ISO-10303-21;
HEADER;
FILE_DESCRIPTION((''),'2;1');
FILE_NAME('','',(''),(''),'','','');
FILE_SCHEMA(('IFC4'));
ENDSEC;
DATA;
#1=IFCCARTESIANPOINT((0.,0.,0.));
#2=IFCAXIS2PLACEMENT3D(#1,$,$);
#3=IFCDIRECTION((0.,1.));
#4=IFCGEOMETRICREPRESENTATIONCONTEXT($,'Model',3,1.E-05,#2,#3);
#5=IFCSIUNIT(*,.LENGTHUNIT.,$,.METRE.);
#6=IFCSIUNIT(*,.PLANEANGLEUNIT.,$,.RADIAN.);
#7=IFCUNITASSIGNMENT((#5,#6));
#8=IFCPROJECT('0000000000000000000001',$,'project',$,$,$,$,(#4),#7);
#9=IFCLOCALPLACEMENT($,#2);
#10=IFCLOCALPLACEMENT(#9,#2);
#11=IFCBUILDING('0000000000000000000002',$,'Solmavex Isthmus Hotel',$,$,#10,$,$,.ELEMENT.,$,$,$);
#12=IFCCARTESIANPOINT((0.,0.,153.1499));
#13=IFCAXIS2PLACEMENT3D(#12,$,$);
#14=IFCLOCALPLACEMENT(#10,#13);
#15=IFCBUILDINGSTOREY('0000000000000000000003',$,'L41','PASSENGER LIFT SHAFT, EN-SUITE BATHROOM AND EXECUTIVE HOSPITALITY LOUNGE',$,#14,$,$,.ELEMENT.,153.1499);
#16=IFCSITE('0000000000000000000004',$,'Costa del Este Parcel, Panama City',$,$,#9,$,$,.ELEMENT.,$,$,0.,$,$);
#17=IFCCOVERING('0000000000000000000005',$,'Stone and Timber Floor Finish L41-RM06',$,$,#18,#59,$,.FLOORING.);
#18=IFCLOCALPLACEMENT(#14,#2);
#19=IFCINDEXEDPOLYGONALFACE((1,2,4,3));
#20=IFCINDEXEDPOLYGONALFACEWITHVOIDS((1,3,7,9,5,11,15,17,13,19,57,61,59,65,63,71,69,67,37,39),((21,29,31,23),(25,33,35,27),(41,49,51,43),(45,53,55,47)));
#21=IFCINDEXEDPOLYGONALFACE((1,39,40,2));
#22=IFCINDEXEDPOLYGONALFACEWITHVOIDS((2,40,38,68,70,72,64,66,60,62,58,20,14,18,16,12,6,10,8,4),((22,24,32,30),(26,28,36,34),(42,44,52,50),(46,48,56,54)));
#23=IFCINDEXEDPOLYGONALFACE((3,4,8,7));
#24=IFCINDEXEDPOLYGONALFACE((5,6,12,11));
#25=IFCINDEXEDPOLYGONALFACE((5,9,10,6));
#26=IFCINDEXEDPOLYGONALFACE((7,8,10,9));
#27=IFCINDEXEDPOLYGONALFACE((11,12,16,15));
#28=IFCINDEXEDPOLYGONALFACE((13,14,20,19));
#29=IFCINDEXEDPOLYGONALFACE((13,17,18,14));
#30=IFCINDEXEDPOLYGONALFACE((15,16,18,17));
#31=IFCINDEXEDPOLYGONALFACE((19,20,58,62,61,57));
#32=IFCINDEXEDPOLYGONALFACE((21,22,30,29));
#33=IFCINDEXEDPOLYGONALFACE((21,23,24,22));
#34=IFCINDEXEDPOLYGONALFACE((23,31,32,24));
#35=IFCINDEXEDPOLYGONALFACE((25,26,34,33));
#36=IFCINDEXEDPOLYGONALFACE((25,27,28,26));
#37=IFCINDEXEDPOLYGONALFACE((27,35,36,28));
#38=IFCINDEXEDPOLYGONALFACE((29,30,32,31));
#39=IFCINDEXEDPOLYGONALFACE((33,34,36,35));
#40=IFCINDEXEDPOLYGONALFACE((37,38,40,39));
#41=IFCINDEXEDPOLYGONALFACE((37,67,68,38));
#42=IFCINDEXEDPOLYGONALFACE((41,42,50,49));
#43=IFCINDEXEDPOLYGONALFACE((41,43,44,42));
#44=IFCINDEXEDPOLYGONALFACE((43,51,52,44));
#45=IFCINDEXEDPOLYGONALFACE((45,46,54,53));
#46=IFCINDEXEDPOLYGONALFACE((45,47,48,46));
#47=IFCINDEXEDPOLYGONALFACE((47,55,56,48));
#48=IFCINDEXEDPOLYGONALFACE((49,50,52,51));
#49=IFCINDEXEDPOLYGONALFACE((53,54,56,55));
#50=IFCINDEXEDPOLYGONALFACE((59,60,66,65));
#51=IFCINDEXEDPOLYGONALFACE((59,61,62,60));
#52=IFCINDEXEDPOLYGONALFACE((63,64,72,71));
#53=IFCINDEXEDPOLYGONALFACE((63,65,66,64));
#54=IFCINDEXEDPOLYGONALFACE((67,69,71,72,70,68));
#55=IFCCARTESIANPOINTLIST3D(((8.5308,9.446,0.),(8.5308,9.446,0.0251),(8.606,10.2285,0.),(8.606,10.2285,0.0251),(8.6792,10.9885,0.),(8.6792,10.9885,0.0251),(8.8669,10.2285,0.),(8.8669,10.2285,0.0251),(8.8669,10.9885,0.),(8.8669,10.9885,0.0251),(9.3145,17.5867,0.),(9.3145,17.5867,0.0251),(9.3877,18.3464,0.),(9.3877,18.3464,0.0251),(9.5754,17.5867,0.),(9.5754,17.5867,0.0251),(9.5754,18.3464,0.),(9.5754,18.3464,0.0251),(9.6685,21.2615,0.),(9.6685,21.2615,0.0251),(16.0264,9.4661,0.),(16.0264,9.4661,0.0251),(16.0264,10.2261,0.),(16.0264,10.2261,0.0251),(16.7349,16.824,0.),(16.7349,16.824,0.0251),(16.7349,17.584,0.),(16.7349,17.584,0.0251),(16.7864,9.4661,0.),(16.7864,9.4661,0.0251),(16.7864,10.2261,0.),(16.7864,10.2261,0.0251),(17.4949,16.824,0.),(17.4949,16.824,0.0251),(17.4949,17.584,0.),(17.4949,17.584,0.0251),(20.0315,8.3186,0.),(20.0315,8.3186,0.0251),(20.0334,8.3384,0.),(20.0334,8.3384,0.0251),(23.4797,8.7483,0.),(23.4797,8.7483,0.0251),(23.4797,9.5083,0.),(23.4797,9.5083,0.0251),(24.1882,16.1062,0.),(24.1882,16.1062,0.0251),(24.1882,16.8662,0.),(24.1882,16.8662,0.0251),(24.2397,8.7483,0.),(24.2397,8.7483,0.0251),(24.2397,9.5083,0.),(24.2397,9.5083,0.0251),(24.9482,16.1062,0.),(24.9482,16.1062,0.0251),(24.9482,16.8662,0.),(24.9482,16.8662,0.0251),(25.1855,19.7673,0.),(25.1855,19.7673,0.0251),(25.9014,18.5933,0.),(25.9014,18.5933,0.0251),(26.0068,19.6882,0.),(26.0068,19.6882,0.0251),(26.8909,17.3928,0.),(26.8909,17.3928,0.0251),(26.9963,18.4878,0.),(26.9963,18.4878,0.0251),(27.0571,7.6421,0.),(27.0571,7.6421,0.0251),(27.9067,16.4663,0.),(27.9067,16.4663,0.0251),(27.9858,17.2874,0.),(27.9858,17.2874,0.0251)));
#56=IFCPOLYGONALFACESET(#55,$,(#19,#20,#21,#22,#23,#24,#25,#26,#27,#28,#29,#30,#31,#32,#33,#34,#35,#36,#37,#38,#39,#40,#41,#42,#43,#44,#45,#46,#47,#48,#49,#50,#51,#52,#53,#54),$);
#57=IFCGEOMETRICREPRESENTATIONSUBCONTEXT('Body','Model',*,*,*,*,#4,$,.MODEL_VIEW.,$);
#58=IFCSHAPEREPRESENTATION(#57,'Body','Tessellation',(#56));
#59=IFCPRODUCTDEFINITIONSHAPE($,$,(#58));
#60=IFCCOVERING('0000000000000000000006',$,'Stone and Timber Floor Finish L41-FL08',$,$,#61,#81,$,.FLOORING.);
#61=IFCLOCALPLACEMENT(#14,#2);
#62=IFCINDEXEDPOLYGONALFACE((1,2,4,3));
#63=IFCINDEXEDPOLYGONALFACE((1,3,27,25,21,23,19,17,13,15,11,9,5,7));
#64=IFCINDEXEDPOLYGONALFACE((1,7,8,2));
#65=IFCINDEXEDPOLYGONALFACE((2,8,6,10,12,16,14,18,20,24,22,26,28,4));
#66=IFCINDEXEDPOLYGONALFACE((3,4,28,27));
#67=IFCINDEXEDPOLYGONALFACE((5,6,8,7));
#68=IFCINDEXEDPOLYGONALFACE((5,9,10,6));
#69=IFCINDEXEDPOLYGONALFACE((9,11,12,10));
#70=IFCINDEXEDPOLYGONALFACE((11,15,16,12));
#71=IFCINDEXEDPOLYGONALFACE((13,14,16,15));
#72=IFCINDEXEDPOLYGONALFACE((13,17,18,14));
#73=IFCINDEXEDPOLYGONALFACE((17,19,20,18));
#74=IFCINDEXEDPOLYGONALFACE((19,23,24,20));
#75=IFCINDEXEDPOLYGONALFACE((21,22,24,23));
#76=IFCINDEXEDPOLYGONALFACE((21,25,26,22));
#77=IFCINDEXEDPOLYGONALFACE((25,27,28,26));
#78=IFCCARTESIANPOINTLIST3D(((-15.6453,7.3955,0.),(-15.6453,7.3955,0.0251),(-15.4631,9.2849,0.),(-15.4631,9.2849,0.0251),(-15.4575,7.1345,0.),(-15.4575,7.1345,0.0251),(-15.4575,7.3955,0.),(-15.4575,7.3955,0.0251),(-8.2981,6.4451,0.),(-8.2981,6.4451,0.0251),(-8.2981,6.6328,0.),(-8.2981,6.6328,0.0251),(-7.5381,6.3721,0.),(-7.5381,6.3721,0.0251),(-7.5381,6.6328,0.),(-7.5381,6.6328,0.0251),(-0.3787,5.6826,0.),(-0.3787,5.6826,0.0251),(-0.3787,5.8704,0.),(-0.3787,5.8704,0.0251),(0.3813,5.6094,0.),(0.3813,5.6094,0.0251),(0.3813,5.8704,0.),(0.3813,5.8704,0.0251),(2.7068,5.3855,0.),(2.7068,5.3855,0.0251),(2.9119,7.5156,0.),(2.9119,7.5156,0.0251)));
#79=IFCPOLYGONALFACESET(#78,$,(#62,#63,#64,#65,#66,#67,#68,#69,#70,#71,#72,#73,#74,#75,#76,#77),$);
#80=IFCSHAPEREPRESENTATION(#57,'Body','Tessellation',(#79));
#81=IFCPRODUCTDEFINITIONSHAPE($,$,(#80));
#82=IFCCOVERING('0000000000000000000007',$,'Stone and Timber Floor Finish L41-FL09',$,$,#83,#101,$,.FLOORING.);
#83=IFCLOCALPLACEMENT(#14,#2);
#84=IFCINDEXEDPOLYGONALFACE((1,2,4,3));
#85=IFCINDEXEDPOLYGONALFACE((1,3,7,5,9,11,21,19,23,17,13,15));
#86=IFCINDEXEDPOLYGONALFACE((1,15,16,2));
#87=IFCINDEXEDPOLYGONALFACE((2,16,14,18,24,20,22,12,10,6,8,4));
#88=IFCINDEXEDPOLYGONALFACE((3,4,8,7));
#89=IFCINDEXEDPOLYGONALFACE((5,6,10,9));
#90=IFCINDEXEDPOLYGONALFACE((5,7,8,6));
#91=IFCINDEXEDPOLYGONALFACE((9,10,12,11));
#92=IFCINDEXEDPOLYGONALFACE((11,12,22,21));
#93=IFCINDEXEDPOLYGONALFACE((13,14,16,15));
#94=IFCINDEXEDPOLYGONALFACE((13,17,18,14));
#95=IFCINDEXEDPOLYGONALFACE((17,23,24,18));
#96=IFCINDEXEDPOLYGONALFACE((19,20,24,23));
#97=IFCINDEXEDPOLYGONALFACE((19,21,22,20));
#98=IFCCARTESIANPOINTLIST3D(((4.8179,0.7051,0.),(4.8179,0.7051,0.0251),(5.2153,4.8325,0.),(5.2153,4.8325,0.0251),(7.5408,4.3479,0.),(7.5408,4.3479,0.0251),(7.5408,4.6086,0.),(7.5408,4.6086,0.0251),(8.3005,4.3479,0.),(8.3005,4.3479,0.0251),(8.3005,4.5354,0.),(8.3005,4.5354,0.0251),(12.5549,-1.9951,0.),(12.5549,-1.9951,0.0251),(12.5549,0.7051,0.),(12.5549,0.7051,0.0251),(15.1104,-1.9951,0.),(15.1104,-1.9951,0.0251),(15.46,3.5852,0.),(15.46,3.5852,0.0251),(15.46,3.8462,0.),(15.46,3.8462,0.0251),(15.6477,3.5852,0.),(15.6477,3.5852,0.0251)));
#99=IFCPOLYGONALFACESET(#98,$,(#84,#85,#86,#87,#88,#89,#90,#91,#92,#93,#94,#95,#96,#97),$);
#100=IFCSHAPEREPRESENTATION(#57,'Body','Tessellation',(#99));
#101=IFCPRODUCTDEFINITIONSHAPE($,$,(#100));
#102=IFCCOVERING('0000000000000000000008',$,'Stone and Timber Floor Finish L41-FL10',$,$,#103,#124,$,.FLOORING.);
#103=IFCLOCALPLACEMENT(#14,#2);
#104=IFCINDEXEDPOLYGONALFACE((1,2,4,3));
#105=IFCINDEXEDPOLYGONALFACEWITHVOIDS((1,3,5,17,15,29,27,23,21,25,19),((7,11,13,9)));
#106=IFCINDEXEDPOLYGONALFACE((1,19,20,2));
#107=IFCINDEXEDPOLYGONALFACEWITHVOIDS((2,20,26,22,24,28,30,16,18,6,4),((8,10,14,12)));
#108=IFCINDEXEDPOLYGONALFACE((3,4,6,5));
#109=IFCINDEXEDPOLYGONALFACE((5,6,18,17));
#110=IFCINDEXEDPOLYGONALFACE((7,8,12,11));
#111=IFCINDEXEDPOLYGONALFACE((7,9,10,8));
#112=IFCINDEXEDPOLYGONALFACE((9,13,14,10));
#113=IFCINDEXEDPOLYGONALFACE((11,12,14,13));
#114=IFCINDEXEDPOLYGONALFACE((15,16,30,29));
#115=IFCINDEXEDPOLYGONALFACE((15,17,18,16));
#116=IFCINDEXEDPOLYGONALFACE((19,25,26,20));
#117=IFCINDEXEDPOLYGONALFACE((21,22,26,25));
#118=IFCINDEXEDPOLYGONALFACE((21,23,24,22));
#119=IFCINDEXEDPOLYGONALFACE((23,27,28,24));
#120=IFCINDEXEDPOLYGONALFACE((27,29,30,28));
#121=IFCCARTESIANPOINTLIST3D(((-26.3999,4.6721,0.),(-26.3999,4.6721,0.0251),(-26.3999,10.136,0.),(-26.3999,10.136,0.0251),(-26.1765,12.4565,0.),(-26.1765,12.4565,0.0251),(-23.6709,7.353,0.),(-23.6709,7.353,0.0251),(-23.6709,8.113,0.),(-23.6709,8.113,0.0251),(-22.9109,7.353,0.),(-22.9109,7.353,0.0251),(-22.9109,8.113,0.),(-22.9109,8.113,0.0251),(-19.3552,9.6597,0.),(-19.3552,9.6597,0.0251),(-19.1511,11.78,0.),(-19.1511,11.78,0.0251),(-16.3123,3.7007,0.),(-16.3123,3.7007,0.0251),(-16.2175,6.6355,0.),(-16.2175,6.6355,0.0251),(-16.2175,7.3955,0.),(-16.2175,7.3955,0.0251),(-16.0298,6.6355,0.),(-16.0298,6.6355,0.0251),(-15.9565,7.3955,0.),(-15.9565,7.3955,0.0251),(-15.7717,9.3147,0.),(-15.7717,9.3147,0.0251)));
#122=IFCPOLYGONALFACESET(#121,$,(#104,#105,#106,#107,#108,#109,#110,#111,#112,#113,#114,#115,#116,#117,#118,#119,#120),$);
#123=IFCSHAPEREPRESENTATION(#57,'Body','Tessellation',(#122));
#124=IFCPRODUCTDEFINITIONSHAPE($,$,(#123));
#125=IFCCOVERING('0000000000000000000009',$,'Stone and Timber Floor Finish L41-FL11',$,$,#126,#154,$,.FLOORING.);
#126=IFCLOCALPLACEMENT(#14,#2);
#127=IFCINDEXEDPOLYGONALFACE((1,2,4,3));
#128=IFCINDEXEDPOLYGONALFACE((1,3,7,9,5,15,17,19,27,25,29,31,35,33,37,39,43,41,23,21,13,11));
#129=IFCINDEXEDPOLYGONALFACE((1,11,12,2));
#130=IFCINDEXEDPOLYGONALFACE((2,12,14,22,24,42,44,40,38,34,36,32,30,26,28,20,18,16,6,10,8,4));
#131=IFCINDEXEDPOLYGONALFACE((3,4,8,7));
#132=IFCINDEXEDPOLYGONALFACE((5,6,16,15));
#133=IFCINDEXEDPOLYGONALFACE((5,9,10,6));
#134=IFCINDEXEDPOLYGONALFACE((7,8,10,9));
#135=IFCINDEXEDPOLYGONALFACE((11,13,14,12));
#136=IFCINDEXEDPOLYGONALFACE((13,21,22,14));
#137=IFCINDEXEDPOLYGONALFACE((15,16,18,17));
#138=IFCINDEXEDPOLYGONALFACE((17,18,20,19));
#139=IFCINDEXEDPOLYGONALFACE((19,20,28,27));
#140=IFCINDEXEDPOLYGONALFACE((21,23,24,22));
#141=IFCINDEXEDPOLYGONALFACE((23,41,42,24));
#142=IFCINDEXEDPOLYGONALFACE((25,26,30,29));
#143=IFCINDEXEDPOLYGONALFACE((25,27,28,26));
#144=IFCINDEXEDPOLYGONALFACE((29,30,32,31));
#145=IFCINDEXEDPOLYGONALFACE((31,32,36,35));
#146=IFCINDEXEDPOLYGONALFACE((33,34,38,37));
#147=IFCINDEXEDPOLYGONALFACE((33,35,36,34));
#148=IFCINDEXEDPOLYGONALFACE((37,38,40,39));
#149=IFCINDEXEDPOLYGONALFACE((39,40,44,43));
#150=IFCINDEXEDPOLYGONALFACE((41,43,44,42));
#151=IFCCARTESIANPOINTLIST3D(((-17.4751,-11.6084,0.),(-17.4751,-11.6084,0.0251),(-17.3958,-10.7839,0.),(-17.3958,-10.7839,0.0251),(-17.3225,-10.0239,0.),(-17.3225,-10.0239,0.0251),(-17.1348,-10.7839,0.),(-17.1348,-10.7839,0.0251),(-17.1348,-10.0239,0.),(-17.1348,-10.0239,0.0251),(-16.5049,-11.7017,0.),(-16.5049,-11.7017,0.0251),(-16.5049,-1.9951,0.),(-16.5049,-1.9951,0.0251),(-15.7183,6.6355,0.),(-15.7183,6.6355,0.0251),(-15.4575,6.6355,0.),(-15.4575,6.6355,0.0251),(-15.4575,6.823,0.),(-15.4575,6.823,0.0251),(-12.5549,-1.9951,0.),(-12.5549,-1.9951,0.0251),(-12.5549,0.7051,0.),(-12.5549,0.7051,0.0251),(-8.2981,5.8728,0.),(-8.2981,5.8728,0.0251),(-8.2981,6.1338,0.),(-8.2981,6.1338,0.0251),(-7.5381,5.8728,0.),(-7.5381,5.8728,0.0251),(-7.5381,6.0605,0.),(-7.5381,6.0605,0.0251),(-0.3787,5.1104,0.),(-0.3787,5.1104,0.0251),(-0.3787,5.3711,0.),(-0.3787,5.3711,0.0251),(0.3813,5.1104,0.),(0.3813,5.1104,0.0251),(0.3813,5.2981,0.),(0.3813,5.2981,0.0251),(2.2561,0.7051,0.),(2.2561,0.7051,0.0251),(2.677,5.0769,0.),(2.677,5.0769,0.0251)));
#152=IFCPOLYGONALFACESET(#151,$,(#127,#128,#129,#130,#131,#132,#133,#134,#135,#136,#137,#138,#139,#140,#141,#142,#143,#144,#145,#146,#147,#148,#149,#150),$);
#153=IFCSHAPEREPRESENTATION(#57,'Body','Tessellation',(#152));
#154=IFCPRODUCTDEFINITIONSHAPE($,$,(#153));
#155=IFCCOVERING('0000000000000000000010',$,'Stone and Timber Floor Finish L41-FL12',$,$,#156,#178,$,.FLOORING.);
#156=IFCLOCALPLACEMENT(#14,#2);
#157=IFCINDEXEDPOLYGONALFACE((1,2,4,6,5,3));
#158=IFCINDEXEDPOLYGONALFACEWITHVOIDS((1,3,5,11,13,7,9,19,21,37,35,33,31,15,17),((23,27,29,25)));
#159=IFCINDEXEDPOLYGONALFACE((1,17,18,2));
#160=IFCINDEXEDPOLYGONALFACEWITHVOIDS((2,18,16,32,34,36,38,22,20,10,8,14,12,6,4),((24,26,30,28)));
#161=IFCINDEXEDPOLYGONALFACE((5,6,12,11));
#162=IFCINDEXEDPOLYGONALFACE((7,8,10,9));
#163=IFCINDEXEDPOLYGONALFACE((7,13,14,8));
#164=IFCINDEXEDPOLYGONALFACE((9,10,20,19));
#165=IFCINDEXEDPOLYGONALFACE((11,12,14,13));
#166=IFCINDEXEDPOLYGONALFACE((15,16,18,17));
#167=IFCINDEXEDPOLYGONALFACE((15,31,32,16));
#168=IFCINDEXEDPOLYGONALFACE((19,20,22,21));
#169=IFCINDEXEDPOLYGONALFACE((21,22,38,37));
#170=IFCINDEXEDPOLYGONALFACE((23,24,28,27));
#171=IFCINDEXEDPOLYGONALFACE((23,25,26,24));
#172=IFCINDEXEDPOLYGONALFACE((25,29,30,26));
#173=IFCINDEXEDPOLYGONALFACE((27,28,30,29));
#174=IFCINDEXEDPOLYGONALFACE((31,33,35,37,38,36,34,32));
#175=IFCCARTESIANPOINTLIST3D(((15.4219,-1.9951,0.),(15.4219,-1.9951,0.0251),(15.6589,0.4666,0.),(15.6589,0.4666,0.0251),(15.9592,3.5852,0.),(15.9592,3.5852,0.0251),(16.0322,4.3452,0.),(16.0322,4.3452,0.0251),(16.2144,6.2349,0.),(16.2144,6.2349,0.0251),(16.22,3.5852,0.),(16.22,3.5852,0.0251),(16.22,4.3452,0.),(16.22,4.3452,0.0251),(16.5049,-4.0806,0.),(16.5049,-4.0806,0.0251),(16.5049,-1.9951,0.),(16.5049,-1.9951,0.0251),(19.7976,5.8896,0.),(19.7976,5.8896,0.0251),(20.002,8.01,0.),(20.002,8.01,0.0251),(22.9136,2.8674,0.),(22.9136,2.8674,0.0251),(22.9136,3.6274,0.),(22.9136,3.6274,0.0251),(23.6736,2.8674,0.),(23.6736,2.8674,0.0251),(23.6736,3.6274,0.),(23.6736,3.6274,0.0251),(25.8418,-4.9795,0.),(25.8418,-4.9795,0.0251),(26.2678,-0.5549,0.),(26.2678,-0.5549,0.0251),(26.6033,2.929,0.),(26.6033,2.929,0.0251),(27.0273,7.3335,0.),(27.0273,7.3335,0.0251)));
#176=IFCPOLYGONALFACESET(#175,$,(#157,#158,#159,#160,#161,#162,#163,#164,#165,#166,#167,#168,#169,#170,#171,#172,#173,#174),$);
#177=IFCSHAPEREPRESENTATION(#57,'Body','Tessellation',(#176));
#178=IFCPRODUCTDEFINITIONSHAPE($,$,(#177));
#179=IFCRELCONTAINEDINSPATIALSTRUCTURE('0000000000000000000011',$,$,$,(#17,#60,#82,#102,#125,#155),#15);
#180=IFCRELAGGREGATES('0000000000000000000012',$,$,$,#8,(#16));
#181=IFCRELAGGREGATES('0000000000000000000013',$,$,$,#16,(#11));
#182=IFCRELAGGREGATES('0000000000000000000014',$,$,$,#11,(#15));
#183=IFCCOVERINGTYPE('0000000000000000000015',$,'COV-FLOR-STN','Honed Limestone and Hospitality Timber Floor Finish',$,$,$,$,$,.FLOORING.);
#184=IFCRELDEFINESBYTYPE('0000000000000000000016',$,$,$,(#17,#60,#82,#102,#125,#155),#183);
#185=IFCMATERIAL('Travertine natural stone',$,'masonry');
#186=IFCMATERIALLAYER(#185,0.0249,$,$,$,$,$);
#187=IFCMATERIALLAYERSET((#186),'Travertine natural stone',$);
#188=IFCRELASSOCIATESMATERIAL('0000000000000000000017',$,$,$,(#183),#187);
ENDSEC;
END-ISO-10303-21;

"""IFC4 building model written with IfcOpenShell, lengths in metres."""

from ifc_helpers import new_model, si_unit, direction, frame, origin, place, context, subcontext, project, spatial, polyline, outline, extrude, material, layer, layer_set, type_object, element, save


model = new_model("IFC4")

# Units and contexts
model_context = context("Model", 3, precision=1e-05, world=origin(), true_north=direction((0.0, 1.0)))
body_context = subcontext(model_context, "Body", "Model", "MODEL_VIEW")
ifc_project = project(units=[si_unit("LENGTHUNIT", "METRE"), si_unit("PLANEANGLEUNIT", "RADIAN")], contexts=[model_context])

# Site, building, storey
site_placement = place(None, origin())
site = spatial("IfcSite", under=ifc_project, at=site_placement, Name="Costa del Este Parcel, Panama City", CompositionType="ELEMENT", RefElevation=0.0)
building_placement = place(site_placement, origin())
building = spatial("IfcBuilding", under=site, at=building_placement, Name="Solmavex Isthmus Hotel", CompositionType="ELEMENT")
storey_placement = place(building_placement, frame((0.0, 0.0, 153.1499)))
storey = spatial("IfcBuildingStorey", under=building, at=storey_placement, Name="L41", Description="PASSENGER LIFT SHAFT, EN-SUITE BATHROOM AND EXECUTIVE HOSPITALITY LOUNGE", CompositionType="ELEMENT", Elevation=153.1499)

# Coverings
ifc_material_1 = material(Name="Travertine natural stone", Category="masonry")
ifc_layer_1 = layer(ifc_material_1, 0.0249)
ifc_layer_set_1 = layer_set([ifc_layer_1], Name="Travertine natural stone")
covering_type_1 = type_object("IfcCoveringType", Name="COV-FLOR-STN", Description="Honed Limestone and Hospitality Timber Floor Finish", PredefinedType="FLOORING", material=ifc_layer_set_1)
covering_1_placement = place(storey_placement, origin())
element("IfcCovering", 1, at=covering_1_placement, inside=storey, type_object=covering_type_1, Name="Stone and Timber Floor Finish L41-RM06", PredefinedType="FLOORING", context=body_context, shape_type="SweptSolid", body=[
    extrude(outline(polyline([(8.6792, 10.9885), (8.8669, 10.9885), (8.8669, 10.2285), (8.606, 10.2285), (8.5308, 9.446), (20.0334, 8.3384), (20.0315, 8.3186), (27.0571, 7.6421), (27.9067, 16.4663), (27.9858, 17.2874), (26.8909, 17.3928), (26.9963, 18.4878), (25.9014, 18.5933), (26.0068, 19.6882), (25.1855, 19.7673), (9.6685, 21.2615), (9.3877, 18.3464), (9.5754, 18.3464), (9.5754, 17.5867), (9.3145, 17.5867), (8.6792, 10.9885)]), holes=[polyline([(24.1882, 16.1062), (24.1882, 16.8662), (24.9482, 16.8662), (24.9482, 16.1062), (24.1882, 16.1062)]), polyline([(23.4797, 8.7483), (23.4797, 9.5083), (24.2397, 9.5083), (24.2397, 8.7483), (23.4797, 8.7483)]), polyline([(16.7349, 16.824), (16.7349, 17.584), (17.4949, 17.584), (17.4949, 16.824), (16.7349, 16.824)]), polyline([(16.0264, 9.4661), (16.0264, 10.2261), (16.7864, 10.2261), (16.7864, 9.4661), (16.0264, 9.4661)])]), origin(), (0.0, 0.0, 1.0), 0.0251),
])
covering_2_placement = place(storey_placement, origin())
element("IfcCovering", 2, at=covering_2_placement, inside=storey, type_object=covering_type_1, Name="Stone and Timber Floor Finish L41-FL08", PredefinedType="FLOORING", context=body_context, shape_type="SweptSolid", body=[
    extrude(outline(polyline([(-0.3787, 5.6826), (-0.3787, 5.8704), (0.3813, 5.8704), (0.3813, 5.6094), (2.7068, 5.3855), (2.9119, 7.5156), (-15.4631, 9.2849), (-15.6453, 7.3955), (-15.4575, 7.3955), (-15.4575, 7.1345), (-8.2981, 6.4451), (-8.2981, 6.6328), (-7.5381, 6.6328), (-7.5381, 6.3721), (-0.3787, 5.6826)])), origin(), (0.0, 0.0, 1.0), 0.0251),
])
covering_3_placement = place(storey_placement, origin())
element("IfcCovering", 3, at=covering_3_placement, inside=storey, type_object=covering_type_1, Name="Stone and Timber Floor Finish L41-FL09", PredefinedType="FLOORING", context=body_context, shape_type="SweptSolid", body=[
    extrude(outline(polyline([(8.3005, 4.5354), (8.3005, 4.3479), (7.5408, 4.3479), (7.5408, 4.6086), (5.2153, 4.8325), (4.8179, 0.7051), (12.5549, 0.7051), (12.5549, -1.9951), (15.1104, -1.9951), (15.6477, 3.5852), (15.46, 3.5852), (15.46, 3.8462), (8.3005, 4.5354)])), origin(), (0.0, 0.0, 1.0), 0.0251),
])
covering_4_placement = place(storey_placement, origin())
element("IfcCovering", 4, at=covering_4_placement, inside=storey, type_object=covering_type_1, Name="Stone and Timber Floor Finish L41-FL10", PredefinedType="FLOORING", context=body_context, shape_type="SweptSolid", body=[
    extrude(outline(polyline([(-16.0298, 6.6355), (-16.2175, 6.6355), (-16.2175, 7.3955), (-15.9565, 7.3955), (-15.7717, 9.3147), (-19.3552, 9.6597), (-19.1511, 11.78), (-26.1765, 12.4565), (-26.3999, 10.136), (-26.3999, 4.6721), (-16.3123, 3.7007), (-16.0298, 6.6355)]), holes=[polyline([(-23.6709, 7.353), (-23.6709, 8.113), (-22.9109, 8.113), (-22.9109, 7.353), (-23.6709, 7.353)])]), origin(), (0.0, 0.0, 1.0), 0.0251),
])
covering_5_placement = place(storey_placement, origin())
element("IfcCovering", 5, at=covering_5_placement, inside=storey, type_object=covering_type_1, Name="Stone and Timber Floor Finish L41-FL11", PredefinedType="FLOORING", context=body_context, shape_type="SweptSolid", body=[
    extrude(outline(polyline([(-17.3225, -10.0239), (-17.1348, -10.0239), (-17.1348, -10.7839), (-17.3958, -10.7839), (-17.4751, -11.6084), (-16.5049, -11.7017), (-16.5049, -1.9951), (-12.5549, -1.9951), (-12.5549, 0.7051), (2.2561, 0.7051), (2.677, 5.0769), (0.3813, 5.2981), (0.3813, 5.1104), (-0.3787, 5.1104), (-0.3787, 5.3711), (-7.5381, 6.0605), (-7.5381, 5.8728), (-8.2981, 5.8728), (-8.2981, 6.1338), (-15.4575, 6.823), (-15.4575, 6.6355), (-15.7183, 6.6355), (-17.3225, -10.0239)])), origin(), (0.0, 0.0, 1.0), 0.0251),
])
covering_6_placement = place(storey_placement, origin())
element("IfcCovering", 6, at=covering_6_placement, inside=storey, type_object=covering_type_1, Name="Stone and Timber Floor Finish L41-FL12", PredefinedType="FLOORING", context=body_context, shape_type="SweptSolid", body=[
    extrude(outline(polyline([(16.0322, 4.3452), (16.22, 4.3452), (16.22, 3.5852), (15.9592, 3.5852), (15.6589, 0.4666), (15.4219, -1.9951), (16.5049, -1.9951), (16.5049, -4.0806), (25.8418, -4.9795), (26.2678, -0.5549), (26.6033, 2.929), (27.0273, 7.3335), (20.002, 8.01), (19.7976, 5.8896), (16.2144, 6.2349), (16.0322, 4.3452)]), holes=[polyline([(22.9136, 2.8674), (22.9136, 3.6274), (23.6736, 3.6274), (23.6736, 2.8674), (22.9136, 2.8674)])]), origin(), (0.0, 0.0, 1.0), 0.0251),
])

save(model, "model.ifc")
